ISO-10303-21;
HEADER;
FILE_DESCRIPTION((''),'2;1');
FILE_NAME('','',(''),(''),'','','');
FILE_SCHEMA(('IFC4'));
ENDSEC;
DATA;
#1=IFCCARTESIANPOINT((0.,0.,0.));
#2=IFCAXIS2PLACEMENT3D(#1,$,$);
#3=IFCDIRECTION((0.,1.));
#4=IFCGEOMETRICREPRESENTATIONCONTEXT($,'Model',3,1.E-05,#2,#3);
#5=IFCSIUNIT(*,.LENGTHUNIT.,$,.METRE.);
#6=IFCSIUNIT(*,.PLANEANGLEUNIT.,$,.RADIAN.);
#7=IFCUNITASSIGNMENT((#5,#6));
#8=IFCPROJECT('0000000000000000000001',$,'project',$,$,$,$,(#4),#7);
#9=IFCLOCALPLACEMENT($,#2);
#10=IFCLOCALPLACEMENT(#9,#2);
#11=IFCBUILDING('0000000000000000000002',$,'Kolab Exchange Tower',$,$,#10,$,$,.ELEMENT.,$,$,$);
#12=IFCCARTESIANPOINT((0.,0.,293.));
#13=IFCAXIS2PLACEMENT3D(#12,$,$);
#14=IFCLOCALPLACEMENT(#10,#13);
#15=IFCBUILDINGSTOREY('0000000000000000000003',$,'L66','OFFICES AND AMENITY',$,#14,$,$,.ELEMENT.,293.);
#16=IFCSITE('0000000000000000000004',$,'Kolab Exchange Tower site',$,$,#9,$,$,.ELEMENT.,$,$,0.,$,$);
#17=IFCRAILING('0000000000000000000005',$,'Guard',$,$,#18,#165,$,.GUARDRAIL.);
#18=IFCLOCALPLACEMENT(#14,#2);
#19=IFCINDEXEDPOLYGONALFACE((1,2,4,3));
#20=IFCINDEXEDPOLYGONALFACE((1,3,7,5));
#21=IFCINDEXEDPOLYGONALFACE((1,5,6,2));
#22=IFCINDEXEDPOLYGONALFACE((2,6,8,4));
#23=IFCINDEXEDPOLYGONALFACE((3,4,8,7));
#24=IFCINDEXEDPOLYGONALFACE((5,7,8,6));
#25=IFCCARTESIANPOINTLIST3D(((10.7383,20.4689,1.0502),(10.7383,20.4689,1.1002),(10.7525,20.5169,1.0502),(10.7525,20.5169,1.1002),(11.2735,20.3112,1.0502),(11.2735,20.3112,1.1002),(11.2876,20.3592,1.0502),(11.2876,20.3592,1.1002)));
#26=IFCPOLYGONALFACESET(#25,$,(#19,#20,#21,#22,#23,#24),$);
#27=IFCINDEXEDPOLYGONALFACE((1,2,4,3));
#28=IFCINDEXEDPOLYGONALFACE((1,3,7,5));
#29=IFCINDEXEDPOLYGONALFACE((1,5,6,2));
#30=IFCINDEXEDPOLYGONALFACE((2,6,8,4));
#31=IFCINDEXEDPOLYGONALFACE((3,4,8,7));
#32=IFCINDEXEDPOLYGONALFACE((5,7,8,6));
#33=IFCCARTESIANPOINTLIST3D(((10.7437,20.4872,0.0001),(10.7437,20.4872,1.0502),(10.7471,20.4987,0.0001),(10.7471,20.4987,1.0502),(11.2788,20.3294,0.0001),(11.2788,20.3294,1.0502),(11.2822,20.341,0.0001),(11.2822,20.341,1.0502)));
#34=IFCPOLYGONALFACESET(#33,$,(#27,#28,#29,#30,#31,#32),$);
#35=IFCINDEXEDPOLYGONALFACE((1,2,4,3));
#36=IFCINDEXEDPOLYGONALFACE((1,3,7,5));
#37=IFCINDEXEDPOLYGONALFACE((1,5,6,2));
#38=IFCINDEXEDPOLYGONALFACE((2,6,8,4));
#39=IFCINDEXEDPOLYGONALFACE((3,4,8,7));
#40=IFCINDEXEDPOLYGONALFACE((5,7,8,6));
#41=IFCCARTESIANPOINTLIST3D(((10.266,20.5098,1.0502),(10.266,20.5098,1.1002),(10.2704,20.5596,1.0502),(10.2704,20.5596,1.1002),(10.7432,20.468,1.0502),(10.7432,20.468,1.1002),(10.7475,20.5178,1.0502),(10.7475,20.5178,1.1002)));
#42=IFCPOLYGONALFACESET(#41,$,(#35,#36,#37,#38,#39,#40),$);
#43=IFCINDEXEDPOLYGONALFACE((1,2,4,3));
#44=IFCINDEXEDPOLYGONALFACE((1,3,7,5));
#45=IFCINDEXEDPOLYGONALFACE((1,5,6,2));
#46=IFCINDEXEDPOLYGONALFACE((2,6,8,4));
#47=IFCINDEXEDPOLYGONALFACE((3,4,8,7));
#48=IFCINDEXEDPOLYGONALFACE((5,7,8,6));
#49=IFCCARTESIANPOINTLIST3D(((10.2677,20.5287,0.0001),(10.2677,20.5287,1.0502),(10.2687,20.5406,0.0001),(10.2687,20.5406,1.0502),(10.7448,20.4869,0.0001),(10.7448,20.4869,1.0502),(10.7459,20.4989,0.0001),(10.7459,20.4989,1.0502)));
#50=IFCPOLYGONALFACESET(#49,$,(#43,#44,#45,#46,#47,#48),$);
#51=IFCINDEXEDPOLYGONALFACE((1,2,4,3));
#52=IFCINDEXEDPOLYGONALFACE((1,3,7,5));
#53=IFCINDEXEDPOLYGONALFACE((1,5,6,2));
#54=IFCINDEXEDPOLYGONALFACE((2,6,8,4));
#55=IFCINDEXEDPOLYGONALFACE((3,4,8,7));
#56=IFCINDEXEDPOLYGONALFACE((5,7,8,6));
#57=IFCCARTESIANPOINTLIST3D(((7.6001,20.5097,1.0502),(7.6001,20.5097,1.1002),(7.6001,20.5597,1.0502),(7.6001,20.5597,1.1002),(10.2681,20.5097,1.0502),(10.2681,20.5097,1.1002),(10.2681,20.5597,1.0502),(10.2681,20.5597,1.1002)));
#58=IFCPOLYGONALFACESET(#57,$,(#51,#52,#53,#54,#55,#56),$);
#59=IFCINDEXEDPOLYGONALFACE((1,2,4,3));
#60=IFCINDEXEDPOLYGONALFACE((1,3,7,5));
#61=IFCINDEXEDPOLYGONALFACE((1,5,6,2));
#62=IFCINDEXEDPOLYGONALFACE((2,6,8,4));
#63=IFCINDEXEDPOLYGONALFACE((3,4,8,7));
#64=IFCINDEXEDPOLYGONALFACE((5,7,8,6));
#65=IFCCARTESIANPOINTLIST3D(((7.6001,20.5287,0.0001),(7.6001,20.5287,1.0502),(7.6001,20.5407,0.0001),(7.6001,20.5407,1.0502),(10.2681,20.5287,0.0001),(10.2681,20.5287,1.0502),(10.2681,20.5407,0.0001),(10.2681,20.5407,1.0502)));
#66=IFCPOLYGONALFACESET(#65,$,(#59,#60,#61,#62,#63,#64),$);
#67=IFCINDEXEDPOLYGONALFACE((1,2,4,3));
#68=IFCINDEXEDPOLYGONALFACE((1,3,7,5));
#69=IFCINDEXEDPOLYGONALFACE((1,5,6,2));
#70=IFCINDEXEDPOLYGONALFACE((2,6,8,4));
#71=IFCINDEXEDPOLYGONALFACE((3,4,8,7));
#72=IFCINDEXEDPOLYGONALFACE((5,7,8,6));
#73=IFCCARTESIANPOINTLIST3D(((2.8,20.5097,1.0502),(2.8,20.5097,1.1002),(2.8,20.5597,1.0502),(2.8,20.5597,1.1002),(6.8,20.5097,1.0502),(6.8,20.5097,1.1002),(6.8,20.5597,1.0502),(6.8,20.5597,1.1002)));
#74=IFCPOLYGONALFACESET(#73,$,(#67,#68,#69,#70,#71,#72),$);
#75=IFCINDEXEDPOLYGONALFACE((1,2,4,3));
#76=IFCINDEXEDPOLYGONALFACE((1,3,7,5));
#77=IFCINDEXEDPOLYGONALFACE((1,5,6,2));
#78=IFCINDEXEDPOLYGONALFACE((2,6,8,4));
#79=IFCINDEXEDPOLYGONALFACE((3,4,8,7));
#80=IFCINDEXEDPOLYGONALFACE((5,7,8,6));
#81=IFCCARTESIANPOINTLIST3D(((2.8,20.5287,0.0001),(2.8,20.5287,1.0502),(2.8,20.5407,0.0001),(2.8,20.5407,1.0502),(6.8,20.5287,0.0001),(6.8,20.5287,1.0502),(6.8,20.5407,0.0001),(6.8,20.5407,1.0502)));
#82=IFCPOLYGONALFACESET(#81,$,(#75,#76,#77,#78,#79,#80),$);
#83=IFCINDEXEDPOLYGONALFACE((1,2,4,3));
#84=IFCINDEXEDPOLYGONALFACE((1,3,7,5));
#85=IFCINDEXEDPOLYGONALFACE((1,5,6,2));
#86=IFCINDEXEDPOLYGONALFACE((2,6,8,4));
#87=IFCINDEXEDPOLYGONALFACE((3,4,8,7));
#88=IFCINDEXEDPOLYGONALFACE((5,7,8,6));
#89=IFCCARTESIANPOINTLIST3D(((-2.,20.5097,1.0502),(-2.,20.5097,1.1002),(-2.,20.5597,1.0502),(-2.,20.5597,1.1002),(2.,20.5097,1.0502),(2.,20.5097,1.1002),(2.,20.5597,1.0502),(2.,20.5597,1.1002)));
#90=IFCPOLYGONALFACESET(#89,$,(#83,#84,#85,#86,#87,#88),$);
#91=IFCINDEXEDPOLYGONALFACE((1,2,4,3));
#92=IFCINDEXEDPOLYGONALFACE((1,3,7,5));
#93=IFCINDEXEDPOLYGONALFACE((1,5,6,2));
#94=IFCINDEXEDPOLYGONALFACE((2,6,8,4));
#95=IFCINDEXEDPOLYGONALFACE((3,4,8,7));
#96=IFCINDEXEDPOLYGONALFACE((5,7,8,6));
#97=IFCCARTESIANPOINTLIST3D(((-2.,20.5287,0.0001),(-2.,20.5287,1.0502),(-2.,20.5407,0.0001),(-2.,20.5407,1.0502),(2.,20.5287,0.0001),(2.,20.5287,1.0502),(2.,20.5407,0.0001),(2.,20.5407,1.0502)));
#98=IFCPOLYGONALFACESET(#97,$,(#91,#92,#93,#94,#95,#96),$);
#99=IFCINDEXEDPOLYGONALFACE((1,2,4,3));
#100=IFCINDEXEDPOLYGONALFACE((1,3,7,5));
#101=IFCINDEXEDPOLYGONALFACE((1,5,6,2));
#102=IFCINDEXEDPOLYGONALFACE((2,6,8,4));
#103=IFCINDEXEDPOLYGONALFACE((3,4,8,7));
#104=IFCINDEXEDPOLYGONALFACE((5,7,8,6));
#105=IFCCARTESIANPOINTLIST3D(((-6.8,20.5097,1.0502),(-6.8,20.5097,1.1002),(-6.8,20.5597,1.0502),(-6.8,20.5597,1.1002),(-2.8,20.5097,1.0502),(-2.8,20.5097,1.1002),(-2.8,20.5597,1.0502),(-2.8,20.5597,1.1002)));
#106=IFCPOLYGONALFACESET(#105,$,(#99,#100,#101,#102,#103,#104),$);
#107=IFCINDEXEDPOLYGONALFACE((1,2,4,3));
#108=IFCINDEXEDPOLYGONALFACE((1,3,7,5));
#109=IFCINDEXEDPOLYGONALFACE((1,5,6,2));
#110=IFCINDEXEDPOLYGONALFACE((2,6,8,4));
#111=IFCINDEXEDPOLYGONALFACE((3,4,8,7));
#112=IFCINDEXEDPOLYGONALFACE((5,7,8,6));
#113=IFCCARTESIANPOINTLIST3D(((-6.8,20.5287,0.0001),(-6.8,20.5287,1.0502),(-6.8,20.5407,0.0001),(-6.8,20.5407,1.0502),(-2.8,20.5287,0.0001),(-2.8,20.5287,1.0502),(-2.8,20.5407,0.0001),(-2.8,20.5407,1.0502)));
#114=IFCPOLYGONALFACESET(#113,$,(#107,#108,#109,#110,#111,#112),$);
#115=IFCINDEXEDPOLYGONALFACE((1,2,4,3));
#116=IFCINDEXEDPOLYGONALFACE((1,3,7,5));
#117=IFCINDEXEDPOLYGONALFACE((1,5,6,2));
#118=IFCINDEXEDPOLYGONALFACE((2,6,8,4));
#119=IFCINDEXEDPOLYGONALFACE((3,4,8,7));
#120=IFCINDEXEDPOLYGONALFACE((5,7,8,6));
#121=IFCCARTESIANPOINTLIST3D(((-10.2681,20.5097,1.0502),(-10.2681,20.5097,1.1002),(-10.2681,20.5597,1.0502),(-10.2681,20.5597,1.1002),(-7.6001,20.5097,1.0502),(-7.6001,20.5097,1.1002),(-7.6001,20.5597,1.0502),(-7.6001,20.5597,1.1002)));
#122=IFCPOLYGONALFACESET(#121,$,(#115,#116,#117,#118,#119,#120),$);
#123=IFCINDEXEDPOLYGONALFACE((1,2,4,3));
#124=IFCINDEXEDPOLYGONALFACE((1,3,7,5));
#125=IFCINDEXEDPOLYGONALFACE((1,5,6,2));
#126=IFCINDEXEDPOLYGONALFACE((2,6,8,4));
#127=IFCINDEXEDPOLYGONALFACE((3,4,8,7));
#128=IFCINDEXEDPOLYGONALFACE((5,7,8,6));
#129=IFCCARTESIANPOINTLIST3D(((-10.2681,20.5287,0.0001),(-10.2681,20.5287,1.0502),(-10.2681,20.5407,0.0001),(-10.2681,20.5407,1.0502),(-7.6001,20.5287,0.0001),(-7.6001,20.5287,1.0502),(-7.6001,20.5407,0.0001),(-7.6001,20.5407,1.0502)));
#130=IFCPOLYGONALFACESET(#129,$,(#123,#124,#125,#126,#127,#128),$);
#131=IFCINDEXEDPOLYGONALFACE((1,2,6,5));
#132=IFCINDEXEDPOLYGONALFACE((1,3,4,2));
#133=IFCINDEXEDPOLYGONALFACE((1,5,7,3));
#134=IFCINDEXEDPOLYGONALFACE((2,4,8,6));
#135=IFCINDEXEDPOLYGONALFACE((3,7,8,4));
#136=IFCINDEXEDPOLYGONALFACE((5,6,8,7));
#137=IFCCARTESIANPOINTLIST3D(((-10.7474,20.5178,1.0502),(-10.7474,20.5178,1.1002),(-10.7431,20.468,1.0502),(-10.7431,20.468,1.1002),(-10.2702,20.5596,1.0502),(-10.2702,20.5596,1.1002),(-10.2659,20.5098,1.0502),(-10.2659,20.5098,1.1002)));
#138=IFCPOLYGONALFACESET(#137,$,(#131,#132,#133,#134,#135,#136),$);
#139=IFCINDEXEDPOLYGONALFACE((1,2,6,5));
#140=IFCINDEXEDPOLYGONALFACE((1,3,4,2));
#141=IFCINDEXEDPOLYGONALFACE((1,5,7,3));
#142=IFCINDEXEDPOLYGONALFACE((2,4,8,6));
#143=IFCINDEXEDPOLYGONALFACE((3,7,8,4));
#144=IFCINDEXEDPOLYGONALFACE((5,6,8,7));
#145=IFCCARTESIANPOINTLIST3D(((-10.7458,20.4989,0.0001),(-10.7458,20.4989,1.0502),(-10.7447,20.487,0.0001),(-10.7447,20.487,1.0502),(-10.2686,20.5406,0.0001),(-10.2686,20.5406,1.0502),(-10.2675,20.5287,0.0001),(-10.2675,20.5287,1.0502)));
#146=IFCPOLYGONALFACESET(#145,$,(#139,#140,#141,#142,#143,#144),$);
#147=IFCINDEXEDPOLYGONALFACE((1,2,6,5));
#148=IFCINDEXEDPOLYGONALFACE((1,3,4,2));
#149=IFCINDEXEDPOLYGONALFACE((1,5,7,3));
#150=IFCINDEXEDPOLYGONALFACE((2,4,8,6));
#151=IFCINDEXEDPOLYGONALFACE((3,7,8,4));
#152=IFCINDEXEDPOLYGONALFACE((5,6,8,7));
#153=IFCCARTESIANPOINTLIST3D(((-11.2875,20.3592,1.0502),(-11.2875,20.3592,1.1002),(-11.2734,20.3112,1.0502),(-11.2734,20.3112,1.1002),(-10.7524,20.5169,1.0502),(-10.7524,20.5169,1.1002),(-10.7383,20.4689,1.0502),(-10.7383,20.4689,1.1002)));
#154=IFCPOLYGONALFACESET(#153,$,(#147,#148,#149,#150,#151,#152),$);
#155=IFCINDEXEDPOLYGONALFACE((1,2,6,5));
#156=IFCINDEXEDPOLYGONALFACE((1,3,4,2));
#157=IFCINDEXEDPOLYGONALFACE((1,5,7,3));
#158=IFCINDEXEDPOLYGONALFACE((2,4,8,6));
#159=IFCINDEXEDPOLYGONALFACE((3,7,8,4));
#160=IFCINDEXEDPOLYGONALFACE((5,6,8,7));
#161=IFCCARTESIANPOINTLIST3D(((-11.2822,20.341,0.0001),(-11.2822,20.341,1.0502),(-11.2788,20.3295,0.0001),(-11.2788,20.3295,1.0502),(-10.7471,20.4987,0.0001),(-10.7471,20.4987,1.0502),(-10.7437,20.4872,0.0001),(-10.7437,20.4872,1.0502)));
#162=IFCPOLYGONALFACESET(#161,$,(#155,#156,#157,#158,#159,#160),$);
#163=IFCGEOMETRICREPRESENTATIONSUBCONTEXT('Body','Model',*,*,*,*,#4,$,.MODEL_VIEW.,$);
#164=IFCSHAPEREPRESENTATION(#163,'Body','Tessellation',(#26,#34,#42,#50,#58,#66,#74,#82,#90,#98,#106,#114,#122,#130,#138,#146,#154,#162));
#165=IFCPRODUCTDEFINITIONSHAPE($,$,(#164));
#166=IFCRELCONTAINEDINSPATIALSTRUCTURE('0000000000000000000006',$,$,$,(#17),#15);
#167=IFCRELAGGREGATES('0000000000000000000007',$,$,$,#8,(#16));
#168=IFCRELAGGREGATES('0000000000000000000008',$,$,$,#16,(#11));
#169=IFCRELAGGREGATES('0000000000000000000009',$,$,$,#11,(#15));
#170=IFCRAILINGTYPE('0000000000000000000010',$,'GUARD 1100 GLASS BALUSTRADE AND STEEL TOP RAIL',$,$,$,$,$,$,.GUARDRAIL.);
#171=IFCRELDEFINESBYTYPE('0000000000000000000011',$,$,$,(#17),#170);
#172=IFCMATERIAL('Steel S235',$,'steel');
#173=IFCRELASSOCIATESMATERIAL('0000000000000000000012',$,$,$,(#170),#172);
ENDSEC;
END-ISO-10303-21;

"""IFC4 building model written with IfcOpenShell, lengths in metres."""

from ifc_helpers import new_model, si_unit, direction, frame, frame_2d, origin, origin_2d, place, context, subcontext, project, spatial, rectangle, extrude, material, type_object, element, save


model = new_model("IFC4")

# Units and contexts
model_context = context("Model", 3, precision=1e-05, world=origin(), true_north=direction((0.0, 1.0)))
body_context = subcontext(model_context, "Body", "Model", "MODEL_VIEW")
ifc_project = project(units=[si_unit("LENGTHUNIT", "METRE"), si_unit("PLANEANGLEUNIT", "RADIAN")], contexts=[model_context])

# Site, building, storey
site_placement = place(None, origin())
site = spatial("IfcSite", under=ifc_project, at=site_placement, Name="Kolab Exchange Tower site", CompositionType="ELEMENT", RefElevation=0.0)
building_placement = place(site_placement, origin())
building = spatial("IfcBuilding", under=site, at=building_placement, Name="Kolab Exchange Tower", CompositionType="ELEMENT")
storey_placement = place(building_placement, frame((0.0, 0.0, 293.0)))
storey = spatial("IfcBuildingStorey", under=building, at=storey_placement, Name="L66", Description="OFFICES AND AMENITY", CompositionType="ELEMENT", Elevation=293.0)

# Railing
ifc_material_1 = material(Name="Steel S235", Category="steel")
railing_type = type_object("IfcRailingType", Name="GUARD 1100 GLASS BALUSTRADE AND STEEL TOP RAIL", PredefinedType="GUARDRAIL", material=ifc_material_1)
railing_placement = place(storey_placement, frame((11.2805, 20.3352, 0.0)))
element("IfcRailing", 1, at=railing_placement, inside=storey, type_object=railing_type, Name="Guard", PredefinedType="GUARDRAIL", context=body_context, shape_type="SweptSolid", body=[
    extrude(rectangle(XDim=0.05, YDim=0.05, at=origin_2d()), frame((0.0, 0.0, 1.0752), z_axis=(-0.959212, 0.282687, 0.0), x_axis=(-0.282687, -0.959212, 0.0)), (0.0, 0.0, 1.0), 0.5579),
    extrude(rectangle(XDim=0.012, YDim=1.0501, at=frame_2d((0.0, 0.5251))), frame((0.0, 0.0, 0.0), z_axis=(-0.959212, 0.282687, 0.0), x_axis=(-0.282687, -0.959212, 0.0)), (0.0, 0.0, 1.0), 0.5579),
    extrude(rectangle(XDim=0.05, YDim=0.05, at=origin_2d()), frame((-0.5352, 0.1577, 1.0752), z_axis=(-0.996196, 0.087135, 0.0), x_axis=(-0.087135, -0.996196, 0.0)), (0.0, 0.0, 1.0), 0.479),
    extrude(rectangle(XDim=0.012, YDim=1.0501, at=frame_2d((0.0, 0.5251))), frame((-0.5352, 0.1577, 0.0), z_axis=(-0.996196, 0.087135, 0.0), x_axis=(-0.087135, -0.996196, 0.0)), (0.0, 0.0, 1.0), 0.479),
    extrude(rectangle(XDim=0.05, YDim=0.05, at=origin_2d()), frame((-1.0125, 0.1995, 1.0752), z_axis=(-1.0, 0.0, 0.0), x_axis=(0.0, -1.0, 0.0)), (0.0, 0.0, 1.0), 2.668),
    extrude(rectangle(XDim=0.012, YDim=1.0501, at=frame_2d((0.0, 0.5251))), frame((-1.0125, 0.1995, 0.0), z_axis=(-1.0, 0.0, 0.0), x_axis=(0.0, -1.0, 0.0)), (0.0, 0.0, 1.0), 2.668),
    extrude(rectangle(XDim=0.05, YDim=0.05, at=origin_2d()), frame((-4.4805, 0.1995, 1.0752), z_axis=(-1.0, 0.0, 0.0), x_axis=(0.0, -1.0, 0.0)), (0.0, 0.0, 1.0), 4.0),
    extrude(rectangle(XDim=0.012, YDim=1.0501, at=frame_2d((0.0, 0.5251))), frame((-4.4805, 0.1995, 0.0), z_axis=(-1.0, 0.0, 0.0), x_axis=(0.0, -1.0, 0.0)), (0.0, 0.0, 1.0), 4.0),
    extrude(rectangle(XDim=0.05, YDim=0.05, at=origin_2d()), frame((-9.2805, 0.1995, 1.0752), z_axis=(-1.0, 0.0, 0.0), x_axis=(0.0, -1.0, 0.0)), (0.0, 0.0, 1.0), 4.0),
    extrude(rectangle(XDim=0.012, YDim=1.0501, at=frame_2d((0.0, 0.5251))), frame((-9.2805, 0.1995, 0.0), z_axis=(-1.0, 0.0, 0.0), x_axis=(0.0, -1.0, 0.0)), (0.0, 0.0, 1.0), 4.0),
    extrude(rectangle(XDim=0.05, YDim=0.05, at=origin_2d()), frame((-14.0806, 0.1995, 1.0752), z_axis=(-1.0, 0.0, 0.0), x_axis=(0.0, -1.0, 0.0)), (0.0, 0.0, 1.0), 4.0),
    extrude(rectangle(XDim=0.012, YDim=1.0501, at=frame_2d((0.0, 0.5251))), frame((-14.0806, 0.1995, 0.0), z_axis=(-1.0, 0.0, 0.0), x_axis=(0.0, -1.0, 0.0)), (0.0, 0.0, 1.0), 4.0),
    extrude(rectangle(XDim=0.05, YDim=0.05, at=origin_2d()), frame((-18.8806, 0.1995, 1.0752), z_axis=(-1.0, 0.0, 0.0), x_axis=(0.0, -1.0, 0.0)), (0.0, 0.0, 1.0), 2.668),
    extrude(rectangle(XDim=0.012, YDim=1.0501, at=frame_2d((0.0, 0.5251))), frame((-18.8806, 0.1995, 0.0), z_axis=(-1.0, 0.0, 0.0), x_axis=(0.0, -1.0, 0.0)), (0.0, 0.0, 1.0), 2.668),
    extrude(rectangle(XDim=0.05, YDim=0.05, at=origin_2d()), frame((-21.5486, 0.1995, 1.0752), z_axis=(-0.996196, -0.087135, 0.0), x_axis=(0.087135, -0.996196, 0.0)), (0.0, 0.0, 1.0), 0.479),
    extrude(rectangle(XDim=0.012, YDim=1.0501, at=frame_2d((0.0, 0.5251))), frame((-21.5486, 0.1995, 0.0), z_axis=(-0.996196, -0.087135, 0.0), x_axis=(0.087135, -0.996196, 0.0)), (0.0, 0.0, 1.0), 0.479),
    extrude(rectangle(XDim=0.05, YDim=0.05, at=origin_2d()), frame((-22.0259, 0.1577, 1.0752), z_axis=(-0.959212, -0.282687, 0.0), x_axis=(0.282687, -0.959212, 0.0)), (0.0, 0.0, 1.0), 0.5579),
    extrude(rectangle(XDim=0.012, YDim=1.0501, at=frame_2d((0.0, 0.5251))), frame((-22.0259, 0.1577, 0.0), z_axis=(-0.959212, -0.282687, 0.0), x_axis=(0.282687, -0.959212, 0.0)), (0.0, 0.0, 1.0), 0.5579),
])

save(model, "model.ifc")
